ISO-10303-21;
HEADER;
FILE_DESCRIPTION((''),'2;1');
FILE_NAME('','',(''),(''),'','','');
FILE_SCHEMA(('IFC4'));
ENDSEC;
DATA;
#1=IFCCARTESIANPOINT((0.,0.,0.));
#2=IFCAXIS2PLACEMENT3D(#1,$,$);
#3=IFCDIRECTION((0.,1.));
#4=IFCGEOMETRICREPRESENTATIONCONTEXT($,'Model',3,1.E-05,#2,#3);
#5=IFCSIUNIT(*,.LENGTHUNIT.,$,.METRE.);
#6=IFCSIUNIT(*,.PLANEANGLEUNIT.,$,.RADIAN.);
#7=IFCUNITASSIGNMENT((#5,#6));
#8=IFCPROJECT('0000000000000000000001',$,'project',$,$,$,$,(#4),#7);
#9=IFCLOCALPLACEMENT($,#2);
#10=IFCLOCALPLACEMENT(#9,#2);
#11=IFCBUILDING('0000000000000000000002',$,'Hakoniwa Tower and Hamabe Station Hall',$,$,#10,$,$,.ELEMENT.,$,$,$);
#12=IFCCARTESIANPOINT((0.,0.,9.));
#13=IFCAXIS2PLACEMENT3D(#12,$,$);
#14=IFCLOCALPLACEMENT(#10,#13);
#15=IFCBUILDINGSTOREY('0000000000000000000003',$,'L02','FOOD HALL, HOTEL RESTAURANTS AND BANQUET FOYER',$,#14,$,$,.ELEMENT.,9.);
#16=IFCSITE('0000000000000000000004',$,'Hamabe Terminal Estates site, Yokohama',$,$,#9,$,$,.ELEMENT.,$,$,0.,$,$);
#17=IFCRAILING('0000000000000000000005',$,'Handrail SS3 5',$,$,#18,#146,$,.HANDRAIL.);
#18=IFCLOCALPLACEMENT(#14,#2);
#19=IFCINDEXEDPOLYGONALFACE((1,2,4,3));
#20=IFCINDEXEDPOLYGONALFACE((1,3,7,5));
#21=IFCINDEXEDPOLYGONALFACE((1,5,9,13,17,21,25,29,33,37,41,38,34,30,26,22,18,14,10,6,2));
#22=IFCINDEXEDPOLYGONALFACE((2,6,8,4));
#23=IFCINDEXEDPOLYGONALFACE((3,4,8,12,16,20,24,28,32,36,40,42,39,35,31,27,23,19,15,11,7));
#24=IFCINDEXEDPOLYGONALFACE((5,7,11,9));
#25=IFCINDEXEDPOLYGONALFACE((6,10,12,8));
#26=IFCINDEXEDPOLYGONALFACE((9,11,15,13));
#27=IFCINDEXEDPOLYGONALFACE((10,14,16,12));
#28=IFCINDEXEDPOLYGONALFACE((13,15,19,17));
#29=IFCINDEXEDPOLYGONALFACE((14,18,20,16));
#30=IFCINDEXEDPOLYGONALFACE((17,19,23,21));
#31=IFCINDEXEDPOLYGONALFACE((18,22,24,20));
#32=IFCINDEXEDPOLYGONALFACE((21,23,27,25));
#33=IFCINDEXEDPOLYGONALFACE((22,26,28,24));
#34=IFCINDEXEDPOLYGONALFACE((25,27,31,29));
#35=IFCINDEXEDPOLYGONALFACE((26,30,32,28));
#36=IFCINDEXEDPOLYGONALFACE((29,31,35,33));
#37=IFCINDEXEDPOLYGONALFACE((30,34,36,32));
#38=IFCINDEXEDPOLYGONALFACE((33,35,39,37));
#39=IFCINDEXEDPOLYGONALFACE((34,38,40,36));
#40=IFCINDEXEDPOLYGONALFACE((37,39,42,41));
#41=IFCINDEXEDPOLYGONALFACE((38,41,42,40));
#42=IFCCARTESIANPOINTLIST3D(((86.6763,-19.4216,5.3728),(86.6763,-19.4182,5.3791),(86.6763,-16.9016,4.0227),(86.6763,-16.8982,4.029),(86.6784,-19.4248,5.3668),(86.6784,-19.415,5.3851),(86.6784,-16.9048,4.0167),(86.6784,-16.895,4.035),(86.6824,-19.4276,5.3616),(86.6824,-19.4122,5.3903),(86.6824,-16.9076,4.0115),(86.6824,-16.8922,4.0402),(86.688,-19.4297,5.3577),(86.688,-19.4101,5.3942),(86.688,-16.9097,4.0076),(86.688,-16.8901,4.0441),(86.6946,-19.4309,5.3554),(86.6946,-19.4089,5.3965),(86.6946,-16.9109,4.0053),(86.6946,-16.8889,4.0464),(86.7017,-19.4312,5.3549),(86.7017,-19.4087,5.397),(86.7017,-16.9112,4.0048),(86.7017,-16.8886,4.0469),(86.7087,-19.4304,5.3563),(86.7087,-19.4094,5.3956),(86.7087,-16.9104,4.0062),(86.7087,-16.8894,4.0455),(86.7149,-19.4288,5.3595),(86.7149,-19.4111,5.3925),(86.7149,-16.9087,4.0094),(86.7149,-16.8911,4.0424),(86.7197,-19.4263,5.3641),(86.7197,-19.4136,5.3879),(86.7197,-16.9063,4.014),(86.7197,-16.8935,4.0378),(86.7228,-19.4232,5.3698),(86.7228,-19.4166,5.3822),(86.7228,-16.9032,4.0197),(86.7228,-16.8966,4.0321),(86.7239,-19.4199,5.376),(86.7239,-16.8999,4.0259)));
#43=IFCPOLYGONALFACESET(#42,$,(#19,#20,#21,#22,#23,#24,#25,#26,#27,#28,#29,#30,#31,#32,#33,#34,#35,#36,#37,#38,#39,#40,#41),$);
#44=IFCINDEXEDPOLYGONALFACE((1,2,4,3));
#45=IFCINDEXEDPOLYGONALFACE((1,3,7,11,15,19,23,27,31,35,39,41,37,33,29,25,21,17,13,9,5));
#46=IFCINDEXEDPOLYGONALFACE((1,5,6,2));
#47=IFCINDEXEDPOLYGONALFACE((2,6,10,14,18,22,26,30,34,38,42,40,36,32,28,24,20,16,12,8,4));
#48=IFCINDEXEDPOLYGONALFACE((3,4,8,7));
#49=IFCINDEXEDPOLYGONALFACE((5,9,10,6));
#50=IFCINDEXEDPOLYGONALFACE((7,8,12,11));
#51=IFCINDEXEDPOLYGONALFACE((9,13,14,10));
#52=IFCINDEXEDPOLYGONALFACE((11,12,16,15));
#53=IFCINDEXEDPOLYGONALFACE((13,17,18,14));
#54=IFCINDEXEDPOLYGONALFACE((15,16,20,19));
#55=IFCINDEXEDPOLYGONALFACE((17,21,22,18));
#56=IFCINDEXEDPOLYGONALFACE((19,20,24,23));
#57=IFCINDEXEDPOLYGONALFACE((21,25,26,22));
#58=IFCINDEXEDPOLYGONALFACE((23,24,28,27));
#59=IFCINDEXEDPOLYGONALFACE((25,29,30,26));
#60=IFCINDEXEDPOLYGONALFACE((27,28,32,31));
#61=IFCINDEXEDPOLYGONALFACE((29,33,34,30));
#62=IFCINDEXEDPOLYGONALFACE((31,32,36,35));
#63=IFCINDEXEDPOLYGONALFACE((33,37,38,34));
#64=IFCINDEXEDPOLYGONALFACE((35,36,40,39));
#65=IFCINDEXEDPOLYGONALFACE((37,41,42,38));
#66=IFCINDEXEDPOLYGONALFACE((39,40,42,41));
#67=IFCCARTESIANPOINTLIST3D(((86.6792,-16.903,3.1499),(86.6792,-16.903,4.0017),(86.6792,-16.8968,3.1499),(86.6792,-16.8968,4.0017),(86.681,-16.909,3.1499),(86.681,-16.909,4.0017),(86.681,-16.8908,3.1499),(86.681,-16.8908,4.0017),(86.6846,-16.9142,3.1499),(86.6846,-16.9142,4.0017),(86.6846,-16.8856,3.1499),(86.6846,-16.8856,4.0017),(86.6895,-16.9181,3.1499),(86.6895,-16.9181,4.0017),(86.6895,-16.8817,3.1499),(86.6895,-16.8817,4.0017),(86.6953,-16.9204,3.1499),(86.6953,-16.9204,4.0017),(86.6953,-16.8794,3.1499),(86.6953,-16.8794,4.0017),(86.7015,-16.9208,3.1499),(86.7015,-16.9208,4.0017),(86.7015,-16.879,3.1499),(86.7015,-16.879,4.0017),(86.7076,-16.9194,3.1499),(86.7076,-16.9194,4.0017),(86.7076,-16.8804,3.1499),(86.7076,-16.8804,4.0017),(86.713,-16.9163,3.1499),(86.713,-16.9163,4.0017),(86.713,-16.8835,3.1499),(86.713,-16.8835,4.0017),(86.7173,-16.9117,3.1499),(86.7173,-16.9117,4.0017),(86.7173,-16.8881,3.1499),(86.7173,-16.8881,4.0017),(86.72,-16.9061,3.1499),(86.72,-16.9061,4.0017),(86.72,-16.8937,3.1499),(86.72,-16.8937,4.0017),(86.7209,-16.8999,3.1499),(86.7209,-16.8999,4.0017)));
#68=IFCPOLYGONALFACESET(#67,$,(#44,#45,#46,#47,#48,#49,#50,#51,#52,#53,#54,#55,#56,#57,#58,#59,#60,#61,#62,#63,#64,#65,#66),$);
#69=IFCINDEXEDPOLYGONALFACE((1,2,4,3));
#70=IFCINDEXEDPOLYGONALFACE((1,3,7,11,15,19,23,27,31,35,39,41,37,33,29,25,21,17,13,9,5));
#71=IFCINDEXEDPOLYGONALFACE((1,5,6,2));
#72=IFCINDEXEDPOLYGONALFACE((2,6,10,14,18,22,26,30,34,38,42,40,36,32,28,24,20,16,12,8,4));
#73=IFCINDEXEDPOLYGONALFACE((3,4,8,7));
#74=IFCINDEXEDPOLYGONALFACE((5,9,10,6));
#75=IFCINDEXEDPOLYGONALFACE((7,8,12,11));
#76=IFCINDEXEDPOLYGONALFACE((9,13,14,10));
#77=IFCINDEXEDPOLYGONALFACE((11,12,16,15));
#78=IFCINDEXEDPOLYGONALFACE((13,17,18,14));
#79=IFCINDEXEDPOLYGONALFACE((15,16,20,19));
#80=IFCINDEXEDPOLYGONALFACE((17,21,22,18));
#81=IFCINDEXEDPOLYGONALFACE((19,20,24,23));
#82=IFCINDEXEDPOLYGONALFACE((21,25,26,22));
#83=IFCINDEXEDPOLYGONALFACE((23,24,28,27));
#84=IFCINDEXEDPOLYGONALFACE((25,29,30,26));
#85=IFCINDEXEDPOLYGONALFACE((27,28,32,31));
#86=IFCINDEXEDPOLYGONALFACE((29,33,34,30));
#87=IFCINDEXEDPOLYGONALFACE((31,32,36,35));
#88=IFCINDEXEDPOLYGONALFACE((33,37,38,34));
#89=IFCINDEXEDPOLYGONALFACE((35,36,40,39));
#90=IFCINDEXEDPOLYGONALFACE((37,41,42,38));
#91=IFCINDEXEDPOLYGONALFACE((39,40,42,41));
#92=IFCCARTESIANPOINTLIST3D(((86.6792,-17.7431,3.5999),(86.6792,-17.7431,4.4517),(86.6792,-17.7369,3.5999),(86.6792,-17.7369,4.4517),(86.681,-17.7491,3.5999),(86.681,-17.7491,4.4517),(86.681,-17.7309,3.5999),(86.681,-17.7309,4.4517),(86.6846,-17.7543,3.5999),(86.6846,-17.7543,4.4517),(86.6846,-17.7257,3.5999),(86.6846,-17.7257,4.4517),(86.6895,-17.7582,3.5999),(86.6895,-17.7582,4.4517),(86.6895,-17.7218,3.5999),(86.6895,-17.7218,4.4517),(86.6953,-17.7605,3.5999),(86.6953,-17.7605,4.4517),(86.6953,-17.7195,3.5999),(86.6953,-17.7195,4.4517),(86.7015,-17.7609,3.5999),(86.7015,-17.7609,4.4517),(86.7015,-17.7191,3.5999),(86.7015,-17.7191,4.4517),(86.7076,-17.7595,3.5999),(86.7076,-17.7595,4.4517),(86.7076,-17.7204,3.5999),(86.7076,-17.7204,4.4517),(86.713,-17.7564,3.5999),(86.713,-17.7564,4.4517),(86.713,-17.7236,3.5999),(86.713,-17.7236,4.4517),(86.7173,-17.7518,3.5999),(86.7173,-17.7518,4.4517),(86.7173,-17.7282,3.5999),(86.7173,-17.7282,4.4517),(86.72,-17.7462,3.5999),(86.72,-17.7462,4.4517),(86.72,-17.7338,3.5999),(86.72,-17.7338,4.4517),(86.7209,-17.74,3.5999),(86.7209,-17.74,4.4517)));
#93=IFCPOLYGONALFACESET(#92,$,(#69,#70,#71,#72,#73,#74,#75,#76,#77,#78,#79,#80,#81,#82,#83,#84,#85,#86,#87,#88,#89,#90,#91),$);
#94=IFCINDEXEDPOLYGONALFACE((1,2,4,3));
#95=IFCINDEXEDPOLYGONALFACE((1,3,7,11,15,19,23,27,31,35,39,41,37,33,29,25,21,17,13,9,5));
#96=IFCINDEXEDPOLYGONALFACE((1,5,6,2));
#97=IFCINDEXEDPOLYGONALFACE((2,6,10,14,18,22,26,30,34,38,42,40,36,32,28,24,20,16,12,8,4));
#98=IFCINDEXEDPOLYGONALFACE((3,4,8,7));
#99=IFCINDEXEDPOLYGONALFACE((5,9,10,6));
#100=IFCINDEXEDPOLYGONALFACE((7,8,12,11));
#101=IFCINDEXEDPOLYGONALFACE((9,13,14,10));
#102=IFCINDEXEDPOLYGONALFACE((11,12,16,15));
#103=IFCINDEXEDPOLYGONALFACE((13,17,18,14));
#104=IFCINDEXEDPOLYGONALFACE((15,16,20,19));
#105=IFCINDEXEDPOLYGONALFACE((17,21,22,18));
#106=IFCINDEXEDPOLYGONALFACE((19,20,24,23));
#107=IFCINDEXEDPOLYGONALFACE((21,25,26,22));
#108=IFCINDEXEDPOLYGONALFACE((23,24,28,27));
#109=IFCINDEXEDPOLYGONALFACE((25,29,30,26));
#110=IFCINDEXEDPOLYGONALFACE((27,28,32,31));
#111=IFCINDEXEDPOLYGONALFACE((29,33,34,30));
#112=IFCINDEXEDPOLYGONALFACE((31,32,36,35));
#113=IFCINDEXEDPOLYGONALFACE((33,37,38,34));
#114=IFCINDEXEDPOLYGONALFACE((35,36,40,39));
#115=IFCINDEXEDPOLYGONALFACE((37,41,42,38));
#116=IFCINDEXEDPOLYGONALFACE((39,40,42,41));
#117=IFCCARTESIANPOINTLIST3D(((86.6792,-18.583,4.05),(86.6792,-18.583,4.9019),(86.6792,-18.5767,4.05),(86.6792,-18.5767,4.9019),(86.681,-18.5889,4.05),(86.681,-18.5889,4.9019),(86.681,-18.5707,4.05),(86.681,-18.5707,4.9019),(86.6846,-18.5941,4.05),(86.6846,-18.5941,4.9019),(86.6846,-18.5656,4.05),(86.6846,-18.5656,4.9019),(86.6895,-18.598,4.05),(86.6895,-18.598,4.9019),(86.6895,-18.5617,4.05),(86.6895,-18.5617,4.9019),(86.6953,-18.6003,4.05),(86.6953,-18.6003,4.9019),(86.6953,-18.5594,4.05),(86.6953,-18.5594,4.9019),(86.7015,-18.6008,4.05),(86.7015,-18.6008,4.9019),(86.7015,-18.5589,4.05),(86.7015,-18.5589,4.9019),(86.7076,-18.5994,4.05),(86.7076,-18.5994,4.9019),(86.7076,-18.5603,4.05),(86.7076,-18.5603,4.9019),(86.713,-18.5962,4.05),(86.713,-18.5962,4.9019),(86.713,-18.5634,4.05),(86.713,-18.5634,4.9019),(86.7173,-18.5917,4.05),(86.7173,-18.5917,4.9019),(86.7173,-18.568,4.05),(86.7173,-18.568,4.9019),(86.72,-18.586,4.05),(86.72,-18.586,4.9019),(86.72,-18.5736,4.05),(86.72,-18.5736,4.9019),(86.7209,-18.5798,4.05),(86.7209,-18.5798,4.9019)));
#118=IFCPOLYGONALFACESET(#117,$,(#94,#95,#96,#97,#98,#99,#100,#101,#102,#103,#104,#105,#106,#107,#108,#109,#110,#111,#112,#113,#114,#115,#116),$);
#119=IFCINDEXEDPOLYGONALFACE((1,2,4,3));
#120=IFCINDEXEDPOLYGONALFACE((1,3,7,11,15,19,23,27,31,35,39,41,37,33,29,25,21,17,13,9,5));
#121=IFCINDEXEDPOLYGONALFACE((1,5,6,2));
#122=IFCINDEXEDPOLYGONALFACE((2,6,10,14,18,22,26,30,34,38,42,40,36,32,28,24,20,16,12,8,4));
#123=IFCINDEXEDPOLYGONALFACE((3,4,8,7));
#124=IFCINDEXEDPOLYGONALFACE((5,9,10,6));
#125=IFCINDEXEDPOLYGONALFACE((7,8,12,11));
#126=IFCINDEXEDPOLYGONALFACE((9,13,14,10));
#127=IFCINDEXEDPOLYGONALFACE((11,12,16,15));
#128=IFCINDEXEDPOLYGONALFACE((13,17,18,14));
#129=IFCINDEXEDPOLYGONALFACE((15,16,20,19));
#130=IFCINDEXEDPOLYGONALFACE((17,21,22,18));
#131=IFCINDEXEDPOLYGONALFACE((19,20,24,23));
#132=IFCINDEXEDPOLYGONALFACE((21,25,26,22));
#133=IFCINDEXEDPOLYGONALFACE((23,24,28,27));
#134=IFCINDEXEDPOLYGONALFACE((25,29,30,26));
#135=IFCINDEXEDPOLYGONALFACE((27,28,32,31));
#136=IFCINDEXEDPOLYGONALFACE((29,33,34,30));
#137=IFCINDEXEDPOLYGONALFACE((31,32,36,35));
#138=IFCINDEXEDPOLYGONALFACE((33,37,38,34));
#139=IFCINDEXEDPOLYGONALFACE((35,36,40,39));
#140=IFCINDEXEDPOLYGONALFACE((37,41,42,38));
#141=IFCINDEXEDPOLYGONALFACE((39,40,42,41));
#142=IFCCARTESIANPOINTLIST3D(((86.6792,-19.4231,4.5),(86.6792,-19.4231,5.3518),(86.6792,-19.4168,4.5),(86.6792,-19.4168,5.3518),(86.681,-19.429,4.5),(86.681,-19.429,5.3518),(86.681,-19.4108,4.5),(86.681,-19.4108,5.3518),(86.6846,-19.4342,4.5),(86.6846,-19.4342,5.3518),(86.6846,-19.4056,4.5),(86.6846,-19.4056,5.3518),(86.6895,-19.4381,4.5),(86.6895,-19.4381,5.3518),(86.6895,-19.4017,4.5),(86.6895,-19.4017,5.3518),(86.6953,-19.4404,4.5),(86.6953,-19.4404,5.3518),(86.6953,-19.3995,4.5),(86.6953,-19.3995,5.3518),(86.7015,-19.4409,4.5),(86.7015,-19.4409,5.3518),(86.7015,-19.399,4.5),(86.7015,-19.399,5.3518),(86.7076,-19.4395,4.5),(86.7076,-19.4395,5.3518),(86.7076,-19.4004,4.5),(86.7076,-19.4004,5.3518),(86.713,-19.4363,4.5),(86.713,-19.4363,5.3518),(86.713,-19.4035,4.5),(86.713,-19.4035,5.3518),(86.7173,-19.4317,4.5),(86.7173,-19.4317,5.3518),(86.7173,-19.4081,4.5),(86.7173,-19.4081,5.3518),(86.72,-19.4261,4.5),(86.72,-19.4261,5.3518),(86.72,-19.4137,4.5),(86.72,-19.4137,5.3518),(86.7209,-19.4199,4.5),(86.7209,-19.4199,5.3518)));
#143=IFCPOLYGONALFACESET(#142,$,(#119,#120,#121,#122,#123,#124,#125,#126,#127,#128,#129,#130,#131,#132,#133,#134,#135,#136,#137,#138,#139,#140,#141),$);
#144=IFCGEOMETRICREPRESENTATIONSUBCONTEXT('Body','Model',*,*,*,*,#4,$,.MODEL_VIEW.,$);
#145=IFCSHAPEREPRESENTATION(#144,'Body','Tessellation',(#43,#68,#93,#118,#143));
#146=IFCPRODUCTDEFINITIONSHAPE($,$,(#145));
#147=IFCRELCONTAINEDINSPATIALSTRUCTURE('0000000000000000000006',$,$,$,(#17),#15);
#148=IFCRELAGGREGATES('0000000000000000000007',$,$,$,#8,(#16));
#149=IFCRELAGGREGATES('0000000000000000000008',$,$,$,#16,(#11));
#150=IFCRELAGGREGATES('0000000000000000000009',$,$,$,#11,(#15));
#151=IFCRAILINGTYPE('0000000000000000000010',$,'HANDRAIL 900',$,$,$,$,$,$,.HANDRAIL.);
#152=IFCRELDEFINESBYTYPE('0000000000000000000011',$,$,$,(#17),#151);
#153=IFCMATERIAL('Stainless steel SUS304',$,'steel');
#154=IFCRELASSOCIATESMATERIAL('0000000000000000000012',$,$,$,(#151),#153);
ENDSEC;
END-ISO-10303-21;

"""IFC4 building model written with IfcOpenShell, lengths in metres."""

from ifc_helpers import new_model, si_unit, direction, frame, origin, origin_2d, place, context, subcontext, project, spatial, circle, extrude, material, type_object, element, save


model = new_model("IFC4")

# Units and contexts
model_context = context("Model", 3, precision=1e-05, world=origin(), true_north=direction((0.0, 1.0)))
body_context = subcontext(model_context, "Body", "Model", "MODEL_VIEW")
ifc_project = project(units=[si_unit("LENGTHUNIT", "METRE"), si_unit("PLANEANGLEUNIT", "RADIAN")], contexts=[model_context])

# Site, building, storey
site_placement = place(None, origin())
site = spatial("IfcSite", under=ifc_project, at=site_placement, Name="Hamabe Terminal Estates site, Yokohama", CompositionType="ELEMENT", RefElevation=0.0)
building_placement = place(site_placement, origin())
building = spatial("IfcBuilding", under=site, at=building_placement, Name="Hakoniwa Tower and Hamabe Station Hall", CompositionType="ELEMENT")
storey_placement = place(building_placement, frame((0.0, 0.0, 9.0)))
storey = spatial("IfcBuildingStorey", under=building, at=storey_placement, Name="L02", Description="FOOD HALL, HOTEL RESTAURANTS AND BANQUET FOYER", CompositionType="ELEMENT", Elevation=9.0)

# Railing
ifc_material_1 = material(Name="Stainless steel SUS304", Category="steel")
railing_type_1 = type_object("IfcRailingType", Name="HANDRAIL 900", PredefinedType="HANDRAIL", material=ifc_material_1)
for number, where, name in (
    (1, (86.7, -16.8999, 3.1499), "Handrail SS3 5"),
):
    element("IfcRailing", number, at=place(storey_placement, frame(where)), inside=storey, type_object=railing_type_1, Name=name, PredefinedType="HANDRAIL", context=body_context, shape_type="SweptSolid", body=[
        extrude(circle(Radius=0.0239, at=origin_2d()), frame((0.0, 0.0, 0.876), z_axis=(0.0, -0.881467, 0.472245), x_axis=(1.0, 0.0, 0.0)), (0.0, 0.0, 1.0), 2.8589),
        extrude(circle(Radius=0.021, at=origin_2d()), origin(), (0.0, 0.0, 1.0), 0.8518),
        extrude(circle(Radius=0.021, at=origin_2d()), frame((0.0, -0.8401, 0.45)), (0.0, 0.0, 1.0), 0.8518),
        extrude(circle(Radius=0.021, at=origin_2d()), frame((0.0, -1.6799, 0.9001)), (0.0, 0.0, 1.0), 0.8518),
        extrude(circle(Radius=0.021, at=origin_2d()), frame((0.0, -2.52, 1.3501)), (0.0, 0.0, 1.0), 0.8518),
    ])

save(model, "model.ifc")
